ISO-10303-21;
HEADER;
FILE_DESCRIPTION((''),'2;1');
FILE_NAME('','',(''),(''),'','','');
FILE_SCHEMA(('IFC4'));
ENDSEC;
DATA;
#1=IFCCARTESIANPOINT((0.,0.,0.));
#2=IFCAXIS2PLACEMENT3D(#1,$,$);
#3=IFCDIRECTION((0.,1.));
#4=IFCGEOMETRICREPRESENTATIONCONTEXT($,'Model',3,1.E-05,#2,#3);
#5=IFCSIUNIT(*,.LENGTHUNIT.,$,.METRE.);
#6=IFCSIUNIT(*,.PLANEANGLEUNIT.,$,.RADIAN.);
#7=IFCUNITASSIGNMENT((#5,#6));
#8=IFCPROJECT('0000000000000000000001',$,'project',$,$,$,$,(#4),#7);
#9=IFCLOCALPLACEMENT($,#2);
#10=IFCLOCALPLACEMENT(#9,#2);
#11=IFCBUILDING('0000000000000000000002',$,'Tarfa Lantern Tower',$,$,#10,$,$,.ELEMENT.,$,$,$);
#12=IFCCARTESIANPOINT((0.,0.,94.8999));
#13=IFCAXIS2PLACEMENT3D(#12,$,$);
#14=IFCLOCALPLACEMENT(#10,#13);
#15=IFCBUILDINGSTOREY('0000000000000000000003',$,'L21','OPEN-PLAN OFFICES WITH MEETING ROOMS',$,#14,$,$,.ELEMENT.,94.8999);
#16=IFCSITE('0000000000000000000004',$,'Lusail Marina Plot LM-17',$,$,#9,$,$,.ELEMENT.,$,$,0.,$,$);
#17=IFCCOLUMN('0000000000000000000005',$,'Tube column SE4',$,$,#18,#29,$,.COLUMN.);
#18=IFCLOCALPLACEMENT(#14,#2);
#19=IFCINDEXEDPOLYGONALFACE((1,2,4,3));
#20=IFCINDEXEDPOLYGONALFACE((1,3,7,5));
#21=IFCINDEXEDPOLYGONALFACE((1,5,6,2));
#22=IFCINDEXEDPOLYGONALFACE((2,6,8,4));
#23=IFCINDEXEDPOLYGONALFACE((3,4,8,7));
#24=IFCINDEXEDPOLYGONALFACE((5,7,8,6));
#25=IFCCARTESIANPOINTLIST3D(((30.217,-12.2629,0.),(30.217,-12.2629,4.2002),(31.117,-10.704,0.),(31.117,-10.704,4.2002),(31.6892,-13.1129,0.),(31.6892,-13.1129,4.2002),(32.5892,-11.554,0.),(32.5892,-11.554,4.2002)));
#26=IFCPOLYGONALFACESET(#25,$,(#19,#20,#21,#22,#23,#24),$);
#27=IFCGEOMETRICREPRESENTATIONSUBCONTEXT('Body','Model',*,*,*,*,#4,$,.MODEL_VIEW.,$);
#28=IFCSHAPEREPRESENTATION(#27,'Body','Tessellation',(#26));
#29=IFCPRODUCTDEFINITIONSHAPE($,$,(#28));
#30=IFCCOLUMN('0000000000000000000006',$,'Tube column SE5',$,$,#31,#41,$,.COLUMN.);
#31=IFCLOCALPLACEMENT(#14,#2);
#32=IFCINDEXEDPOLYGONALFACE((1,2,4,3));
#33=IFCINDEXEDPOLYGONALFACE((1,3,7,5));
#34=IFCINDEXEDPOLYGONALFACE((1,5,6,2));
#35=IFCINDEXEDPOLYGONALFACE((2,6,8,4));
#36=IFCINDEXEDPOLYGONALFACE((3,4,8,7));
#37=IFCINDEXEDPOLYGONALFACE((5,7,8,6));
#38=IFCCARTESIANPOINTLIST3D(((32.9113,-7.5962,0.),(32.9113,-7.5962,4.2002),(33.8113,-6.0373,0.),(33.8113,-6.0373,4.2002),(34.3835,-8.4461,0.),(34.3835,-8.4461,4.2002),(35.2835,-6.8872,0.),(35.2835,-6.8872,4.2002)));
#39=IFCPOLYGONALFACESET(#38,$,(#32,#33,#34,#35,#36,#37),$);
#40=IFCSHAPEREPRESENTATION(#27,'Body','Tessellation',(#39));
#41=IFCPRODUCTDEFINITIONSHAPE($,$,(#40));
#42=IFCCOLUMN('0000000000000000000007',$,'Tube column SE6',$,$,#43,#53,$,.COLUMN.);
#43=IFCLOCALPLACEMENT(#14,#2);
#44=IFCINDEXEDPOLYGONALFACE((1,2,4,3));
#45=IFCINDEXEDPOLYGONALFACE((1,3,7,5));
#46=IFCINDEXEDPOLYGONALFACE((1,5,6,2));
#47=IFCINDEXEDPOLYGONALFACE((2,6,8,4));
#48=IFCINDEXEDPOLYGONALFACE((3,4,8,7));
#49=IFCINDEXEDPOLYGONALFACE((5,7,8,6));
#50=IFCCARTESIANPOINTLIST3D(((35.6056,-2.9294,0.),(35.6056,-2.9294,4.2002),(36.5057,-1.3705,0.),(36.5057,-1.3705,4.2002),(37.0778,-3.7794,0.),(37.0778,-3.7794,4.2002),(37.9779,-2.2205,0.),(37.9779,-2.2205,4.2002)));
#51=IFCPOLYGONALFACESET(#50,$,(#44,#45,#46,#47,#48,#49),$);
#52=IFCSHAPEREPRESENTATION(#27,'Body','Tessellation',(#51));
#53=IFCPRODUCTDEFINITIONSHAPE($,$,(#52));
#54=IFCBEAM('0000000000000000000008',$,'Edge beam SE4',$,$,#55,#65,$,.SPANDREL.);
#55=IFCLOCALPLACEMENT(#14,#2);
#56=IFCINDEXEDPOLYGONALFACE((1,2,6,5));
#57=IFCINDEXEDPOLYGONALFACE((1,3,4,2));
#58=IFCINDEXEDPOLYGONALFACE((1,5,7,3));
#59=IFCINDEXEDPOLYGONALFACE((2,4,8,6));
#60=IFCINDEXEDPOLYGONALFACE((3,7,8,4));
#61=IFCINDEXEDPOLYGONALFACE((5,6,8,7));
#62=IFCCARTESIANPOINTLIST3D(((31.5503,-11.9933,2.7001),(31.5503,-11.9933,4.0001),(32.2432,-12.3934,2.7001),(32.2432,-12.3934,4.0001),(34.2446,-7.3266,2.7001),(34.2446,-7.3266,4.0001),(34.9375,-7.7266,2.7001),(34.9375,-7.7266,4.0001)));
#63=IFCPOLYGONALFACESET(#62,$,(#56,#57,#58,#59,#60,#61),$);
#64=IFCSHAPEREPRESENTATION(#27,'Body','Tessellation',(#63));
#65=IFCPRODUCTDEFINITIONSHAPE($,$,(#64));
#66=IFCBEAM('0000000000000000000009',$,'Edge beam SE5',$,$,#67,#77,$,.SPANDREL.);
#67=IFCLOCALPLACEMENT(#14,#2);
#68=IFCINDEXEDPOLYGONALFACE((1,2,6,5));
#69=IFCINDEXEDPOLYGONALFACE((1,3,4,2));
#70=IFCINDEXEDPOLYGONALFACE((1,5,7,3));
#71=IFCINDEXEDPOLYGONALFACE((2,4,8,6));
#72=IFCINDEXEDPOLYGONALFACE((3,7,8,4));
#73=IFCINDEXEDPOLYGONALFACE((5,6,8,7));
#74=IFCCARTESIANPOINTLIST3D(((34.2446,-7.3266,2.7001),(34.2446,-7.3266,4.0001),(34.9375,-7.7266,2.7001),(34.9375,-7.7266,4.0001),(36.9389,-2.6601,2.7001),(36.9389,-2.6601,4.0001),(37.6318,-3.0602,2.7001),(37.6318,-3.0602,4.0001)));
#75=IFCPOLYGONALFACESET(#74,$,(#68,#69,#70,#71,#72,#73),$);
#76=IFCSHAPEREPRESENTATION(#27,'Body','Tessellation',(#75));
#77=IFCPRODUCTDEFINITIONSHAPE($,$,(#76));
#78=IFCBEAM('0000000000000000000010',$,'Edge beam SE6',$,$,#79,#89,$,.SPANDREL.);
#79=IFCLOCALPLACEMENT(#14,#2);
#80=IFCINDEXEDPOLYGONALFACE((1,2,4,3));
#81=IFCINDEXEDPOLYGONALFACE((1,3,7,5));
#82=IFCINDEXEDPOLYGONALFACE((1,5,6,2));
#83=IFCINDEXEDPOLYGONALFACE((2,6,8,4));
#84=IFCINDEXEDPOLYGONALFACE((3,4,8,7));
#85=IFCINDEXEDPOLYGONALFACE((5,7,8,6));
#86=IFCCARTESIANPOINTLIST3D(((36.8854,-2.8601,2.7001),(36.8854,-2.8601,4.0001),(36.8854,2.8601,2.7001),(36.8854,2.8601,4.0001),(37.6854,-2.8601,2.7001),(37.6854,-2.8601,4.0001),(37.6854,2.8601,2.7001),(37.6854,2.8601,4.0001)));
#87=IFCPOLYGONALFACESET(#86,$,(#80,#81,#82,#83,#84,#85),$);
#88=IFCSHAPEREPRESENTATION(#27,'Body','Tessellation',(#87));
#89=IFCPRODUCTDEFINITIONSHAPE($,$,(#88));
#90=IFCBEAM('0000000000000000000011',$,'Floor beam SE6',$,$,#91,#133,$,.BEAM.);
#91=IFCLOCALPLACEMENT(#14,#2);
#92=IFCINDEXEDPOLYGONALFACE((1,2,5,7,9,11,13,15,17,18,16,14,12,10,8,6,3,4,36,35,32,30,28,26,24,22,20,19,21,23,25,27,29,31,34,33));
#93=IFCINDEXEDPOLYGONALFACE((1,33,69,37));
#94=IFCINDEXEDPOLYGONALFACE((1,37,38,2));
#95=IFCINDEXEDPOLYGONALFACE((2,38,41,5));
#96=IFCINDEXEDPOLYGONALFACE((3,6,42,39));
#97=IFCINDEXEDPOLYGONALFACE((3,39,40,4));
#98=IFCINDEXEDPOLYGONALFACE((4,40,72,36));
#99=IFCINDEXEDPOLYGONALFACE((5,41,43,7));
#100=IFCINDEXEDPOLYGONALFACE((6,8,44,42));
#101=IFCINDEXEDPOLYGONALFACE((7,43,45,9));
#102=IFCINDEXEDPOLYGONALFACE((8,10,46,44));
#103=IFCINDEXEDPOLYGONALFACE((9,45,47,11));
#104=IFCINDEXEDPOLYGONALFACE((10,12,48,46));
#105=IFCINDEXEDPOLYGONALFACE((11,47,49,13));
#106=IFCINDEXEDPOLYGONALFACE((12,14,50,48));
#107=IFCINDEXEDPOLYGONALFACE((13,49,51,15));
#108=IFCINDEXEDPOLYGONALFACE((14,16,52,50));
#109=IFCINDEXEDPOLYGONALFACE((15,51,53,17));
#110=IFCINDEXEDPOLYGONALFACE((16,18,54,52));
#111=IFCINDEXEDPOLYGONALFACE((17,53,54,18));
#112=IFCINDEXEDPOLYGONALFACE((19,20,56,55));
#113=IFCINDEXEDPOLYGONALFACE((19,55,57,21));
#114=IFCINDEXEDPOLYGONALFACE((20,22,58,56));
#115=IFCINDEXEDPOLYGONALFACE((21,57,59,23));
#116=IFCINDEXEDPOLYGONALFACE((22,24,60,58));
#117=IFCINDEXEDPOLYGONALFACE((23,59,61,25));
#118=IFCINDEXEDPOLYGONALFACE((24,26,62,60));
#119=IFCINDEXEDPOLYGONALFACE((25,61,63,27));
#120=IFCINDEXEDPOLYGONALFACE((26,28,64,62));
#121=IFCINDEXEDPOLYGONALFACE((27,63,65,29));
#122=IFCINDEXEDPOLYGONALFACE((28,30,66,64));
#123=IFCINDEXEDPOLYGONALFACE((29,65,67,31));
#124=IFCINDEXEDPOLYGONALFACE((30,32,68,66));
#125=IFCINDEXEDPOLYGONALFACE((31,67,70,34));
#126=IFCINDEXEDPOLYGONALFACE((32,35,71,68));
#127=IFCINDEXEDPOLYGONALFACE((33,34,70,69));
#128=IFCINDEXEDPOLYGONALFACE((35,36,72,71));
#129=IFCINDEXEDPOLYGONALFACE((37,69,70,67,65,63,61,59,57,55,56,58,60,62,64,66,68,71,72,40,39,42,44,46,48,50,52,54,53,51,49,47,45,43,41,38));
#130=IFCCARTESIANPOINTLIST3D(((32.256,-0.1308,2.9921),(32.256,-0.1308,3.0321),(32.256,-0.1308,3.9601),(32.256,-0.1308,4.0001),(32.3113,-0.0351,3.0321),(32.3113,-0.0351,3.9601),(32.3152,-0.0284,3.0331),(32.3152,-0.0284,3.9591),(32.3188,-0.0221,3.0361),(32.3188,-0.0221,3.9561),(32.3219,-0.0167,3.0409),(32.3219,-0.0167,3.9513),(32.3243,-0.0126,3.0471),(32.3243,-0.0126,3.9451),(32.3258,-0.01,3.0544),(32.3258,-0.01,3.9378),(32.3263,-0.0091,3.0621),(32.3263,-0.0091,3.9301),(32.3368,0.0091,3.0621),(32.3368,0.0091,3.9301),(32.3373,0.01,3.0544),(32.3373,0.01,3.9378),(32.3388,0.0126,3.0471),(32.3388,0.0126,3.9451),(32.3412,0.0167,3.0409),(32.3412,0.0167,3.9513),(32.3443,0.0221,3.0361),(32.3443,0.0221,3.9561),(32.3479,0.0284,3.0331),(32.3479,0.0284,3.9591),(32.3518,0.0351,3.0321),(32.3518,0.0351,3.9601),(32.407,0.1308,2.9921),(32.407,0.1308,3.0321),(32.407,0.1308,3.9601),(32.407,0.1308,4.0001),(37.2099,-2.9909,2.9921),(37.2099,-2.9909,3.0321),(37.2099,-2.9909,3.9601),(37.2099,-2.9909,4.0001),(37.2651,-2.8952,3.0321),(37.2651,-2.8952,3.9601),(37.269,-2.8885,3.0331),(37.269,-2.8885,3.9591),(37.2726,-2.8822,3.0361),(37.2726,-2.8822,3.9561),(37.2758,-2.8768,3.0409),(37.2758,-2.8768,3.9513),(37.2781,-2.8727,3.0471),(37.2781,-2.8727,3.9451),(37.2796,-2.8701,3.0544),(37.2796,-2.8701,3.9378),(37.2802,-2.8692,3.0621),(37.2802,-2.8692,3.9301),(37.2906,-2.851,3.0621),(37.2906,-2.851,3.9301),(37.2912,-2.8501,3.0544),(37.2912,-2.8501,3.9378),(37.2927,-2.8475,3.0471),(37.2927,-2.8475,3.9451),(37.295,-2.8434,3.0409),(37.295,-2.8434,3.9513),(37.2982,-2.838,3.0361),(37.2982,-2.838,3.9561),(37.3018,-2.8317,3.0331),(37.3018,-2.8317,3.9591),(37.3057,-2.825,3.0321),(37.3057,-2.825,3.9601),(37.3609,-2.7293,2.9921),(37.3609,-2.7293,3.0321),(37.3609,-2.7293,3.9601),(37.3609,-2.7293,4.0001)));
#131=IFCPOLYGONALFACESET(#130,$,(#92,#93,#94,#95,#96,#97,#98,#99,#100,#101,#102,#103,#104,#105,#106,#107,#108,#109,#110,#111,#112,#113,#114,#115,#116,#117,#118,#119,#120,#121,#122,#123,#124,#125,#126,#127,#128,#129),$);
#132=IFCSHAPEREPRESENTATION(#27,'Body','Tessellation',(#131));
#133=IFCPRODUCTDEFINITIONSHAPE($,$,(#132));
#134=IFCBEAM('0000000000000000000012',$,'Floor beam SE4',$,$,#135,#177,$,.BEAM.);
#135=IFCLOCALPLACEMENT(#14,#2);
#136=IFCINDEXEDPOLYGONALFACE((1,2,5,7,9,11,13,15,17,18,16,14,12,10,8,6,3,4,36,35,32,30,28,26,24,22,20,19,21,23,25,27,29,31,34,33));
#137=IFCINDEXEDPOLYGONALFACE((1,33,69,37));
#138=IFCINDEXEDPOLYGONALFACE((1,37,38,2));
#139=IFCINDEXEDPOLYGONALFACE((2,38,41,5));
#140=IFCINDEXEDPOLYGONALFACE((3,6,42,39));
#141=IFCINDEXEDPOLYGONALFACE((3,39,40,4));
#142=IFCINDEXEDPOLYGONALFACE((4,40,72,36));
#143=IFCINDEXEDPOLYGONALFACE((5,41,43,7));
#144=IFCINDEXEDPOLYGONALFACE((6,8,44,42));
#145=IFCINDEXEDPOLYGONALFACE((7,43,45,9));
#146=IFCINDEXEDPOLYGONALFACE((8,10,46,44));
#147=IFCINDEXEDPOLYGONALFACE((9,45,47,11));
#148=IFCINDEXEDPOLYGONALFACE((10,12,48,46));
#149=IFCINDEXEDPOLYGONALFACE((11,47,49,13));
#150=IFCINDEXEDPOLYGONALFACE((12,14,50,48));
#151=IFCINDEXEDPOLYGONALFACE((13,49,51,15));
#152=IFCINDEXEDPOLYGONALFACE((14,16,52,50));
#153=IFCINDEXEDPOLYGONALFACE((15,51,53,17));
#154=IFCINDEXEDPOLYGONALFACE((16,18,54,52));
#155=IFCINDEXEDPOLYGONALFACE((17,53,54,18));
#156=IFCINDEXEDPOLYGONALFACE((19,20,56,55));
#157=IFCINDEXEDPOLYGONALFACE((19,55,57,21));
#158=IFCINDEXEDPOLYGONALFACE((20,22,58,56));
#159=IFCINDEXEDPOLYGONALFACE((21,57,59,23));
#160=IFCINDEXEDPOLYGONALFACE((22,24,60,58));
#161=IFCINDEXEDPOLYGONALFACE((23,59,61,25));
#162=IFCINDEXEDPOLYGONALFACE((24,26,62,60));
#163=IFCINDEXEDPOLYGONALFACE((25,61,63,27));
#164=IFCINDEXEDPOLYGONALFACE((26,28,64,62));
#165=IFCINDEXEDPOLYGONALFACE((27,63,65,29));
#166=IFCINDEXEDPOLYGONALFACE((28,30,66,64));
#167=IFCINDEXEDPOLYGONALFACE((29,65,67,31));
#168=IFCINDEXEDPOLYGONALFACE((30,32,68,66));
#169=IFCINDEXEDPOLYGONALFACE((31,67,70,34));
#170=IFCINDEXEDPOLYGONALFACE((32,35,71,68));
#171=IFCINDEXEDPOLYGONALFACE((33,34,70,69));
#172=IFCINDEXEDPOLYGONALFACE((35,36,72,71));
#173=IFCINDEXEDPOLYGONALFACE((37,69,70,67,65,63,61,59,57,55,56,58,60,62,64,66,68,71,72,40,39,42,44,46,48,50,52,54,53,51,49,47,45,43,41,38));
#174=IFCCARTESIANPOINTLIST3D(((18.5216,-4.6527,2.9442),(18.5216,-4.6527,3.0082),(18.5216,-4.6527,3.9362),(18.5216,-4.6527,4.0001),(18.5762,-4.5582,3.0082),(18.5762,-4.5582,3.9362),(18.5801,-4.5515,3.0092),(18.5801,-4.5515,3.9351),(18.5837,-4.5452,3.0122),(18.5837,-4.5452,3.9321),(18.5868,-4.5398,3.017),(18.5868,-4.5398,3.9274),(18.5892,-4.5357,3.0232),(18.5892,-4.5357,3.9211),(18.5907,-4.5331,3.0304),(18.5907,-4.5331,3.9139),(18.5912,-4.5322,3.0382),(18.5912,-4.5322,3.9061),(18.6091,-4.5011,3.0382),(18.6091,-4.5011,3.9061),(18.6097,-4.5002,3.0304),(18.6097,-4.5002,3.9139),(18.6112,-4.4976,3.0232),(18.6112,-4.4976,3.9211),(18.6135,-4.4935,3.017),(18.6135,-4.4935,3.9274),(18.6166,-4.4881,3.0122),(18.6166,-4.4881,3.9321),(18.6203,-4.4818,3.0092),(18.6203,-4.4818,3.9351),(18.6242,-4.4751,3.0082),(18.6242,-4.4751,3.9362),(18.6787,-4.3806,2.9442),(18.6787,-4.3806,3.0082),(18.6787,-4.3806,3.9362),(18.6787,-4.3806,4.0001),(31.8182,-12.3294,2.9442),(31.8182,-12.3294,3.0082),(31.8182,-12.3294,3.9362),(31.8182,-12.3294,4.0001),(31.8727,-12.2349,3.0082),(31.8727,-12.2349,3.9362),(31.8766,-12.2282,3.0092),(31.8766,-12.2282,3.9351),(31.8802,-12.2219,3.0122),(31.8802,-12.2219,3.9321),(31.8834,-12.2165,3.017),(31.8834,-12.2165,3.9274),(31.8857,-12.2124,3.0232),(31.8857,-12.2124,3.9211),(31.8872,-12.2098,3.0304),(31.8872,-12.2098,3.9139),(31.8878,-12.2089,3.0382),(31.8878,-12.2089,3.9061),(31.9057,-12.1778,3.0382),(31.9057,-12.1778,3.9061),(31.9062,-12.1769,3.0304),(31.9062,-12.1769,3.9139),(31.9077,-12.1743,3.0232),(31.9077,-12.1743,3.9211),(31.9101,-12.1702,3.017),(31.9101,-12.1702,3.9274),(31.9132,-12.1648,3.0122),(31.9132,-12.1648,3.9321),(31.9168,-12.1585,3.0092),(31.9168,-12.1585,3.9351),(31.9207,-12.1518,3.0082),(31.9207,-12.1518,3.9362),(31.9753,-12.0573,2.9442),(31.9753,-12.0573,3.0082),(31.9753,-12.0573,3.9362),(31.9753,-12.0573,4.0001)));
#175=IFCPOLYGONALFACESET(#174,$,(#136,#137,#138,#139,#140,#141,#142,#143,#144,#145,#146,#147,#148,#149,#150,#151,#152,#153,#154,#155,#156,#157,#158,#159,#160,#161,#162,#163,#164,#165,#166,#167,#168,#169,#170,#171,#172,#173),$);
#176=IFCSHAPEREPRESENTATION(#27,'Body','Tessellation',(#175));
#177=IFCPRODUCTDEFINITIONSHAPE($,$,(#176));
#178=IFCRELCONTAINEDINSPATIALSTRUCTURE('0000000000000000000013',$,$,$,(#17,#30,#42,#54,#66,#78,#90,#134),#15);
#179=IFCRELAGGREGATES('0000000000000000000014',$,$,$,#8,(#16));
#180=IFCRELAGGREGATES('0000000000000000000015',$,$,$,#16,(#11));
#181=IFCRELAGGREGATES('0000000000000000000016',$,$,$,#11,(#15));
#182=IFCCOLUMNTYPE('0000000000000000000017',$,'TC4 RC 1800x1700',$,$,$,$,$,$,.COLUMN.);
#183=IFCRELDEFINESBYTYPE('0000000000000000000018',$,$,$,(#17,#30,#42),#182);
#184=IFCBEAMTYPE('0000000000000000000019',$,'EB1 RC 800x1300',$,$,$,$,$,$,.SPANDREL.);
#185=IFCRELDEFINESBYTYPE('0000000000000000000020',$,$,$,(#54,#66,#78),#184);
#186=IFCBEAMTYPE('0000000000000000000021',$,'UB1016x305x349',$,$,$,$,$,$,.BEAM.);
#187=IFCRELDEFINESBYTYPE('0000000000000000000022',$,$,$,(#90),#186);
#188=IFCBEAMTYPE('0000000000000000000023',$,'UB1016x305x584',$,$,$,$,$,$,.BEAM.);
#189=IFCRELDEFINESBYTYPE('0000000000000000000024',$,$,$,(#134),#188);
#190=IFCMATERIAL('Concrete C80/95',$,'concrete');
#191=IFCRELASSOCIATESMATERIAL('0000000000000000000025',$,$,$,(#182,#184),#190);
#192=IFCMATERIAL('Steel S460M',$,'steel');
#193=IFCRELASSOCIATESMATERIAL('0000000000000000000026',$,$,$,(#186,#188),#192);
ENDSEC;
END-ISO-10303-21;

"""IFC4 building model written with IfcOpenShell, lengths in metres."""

from ifc_helpers import new_model, si_unit, direction, frame, origin, origin_2d, place, context, subcontext, project, spatial, rectangle, i_section, extrude, material, material_profile, profile_set, type_object, element, save


model = new_model("IFC4")

# Units and contexts
model_context = context("Model", 3, precision=1e-05, world=origin(), true_north=direction((0.0, 1.0)))
body_context = subcontext(model_context, "Body", "Model", "MODEL_VIEW")
ifc_project = project(units=[si_unit("LENGTHUNIT", "METRE"), si_unit("PLANEANGLEUNIT", "RADIAN")], contexts=[model_context])

# Site, building, storey
site_placement = place(None, origin())
site = spatial("IfcSite", under=ifc_project, at=site_placement, Name="Lusail Marina Plot LM-17", CompositionType="ELEMENT", RefElevation=0.0)
building_placement = place(site_placement, origin())
building = spatial("IfcBuilding", under=site, at=building_placement, Name="Tarfa Lantern Tower", CompositionType="ELEMENT")
storey_placement = place(building_placement, frame((0.0, 0.0, 94.8999)))
storey = spatial("IfcBuildingStorey", under=building, at=storey_placement, Name="L21", Description="OPEN-PLAN OFFICES WITH MEETING ROOMS", CompositionType="ELEMENT", Elevation=94.8999)

# Columns
ifc_material_1 = material(Name="Concrete C80/95", Category="concrete")
ifc_material_profile_1 = material_profile(ifc_material_1, rectangle(XDim=1.8, YDim=1.7, at=origin_2d()), Name="RC 1800x1700")
ifc_profile_set_1 = profile_set([ifc_material_profile_1], Name="Concrete C80/95")
column_type = type_object("IfcColumnType", Name="TC4 RC 1800x1700", PredefinedType="COLUMN", material=ifc_profile_set_1)
for number, where, z_axis, x_axis, name in (
    (1, (31.4031, -11.9084, 0.0), (0.0, 0.0, 1.0), (0.5, 0.866025, 0.0), "Tube column SE4"),
    (2, (34.0974, -7.2417, 0.0), (0.0, 0.0, 1.0), (0.5, 0.866025, 0.0), "Tube column SE5"),
    (3, (36.7917, -2.575, 0.0), (0.0, 0.0, 1.0), (0.5, 0.866025, 0.0), "Tube column SE6"),
):
    element("IfcColumn", number, at=place(storey_placement, frame(where, z_axis=z_axis, x_axis=x_axis)), inside=storey, type_object=column_type, Name=name, PredefinedType="COLUMN", context=body_context, shape_type="SweptSolid", body=[
        extrude(rectangle(XDim=1.8, YDim=1.7, at=origin_2d()), origin(), (0.0, 0.0, 1.0), 4.2002),
    ])

# Beams
ifc_material_profile_2 = material_profile(ifc_material_1, rectangle(XDim=0.8, YDim=1.3, at=origin_2d()), Name="RC 800x1300")
ifc_profile_set_2 = profile_set([ifc_material_profile_2], Name="Concrete C80/95")
beam_type_1 = type_object("IfcBeamType", Name="EB1 RC 800x1300", PredefinedType="SPANDREL", material=ifc_profile_set_2)
beam_1_placement = place(storey_placement, frame((31.8967, -12.1934, 3.3501), z_axis=(0.499998, 0.866026, 0.0), x_axis=(-0.866026, 0.499998, 0.0)))
element("IfcBeam", 4, at=beam_1_placement, inside=storey, type_object=beam_type_1, Name="Edge beam SE4", PredefinedType="SPANDREL", context=body_context, shape_type="SweptSolid", body=[
    extrude(rectangle(XDim=0.8, YDim=1.3, at=origin_2d()), origin(), (0.0, 0.0, 1.0), 5.3887),
])
beam_2_placement = place(storey_placement, frame((34.5911, -7.5266, 3.3501), z_axis=(0.500018, 0.866015, 0.0), x_axis=(-0.866015, 0.500018, 0.0)))
element("IfcBeam", 5, at=beam_2_placement, inside=storey, type_object=beam_type_1, Name="Edge beam SE5", PredefinedType="SPANDREL", context=body_context, shape_type="SweptSolid", body=[
    extrude(rectangle(XDim=0.8, YDim=1.3, at=origin_2d()), origin(), (0.0, 0.0, 1.0), 5.3884),
])
beam_3_placement = place(storey_placement, frame((37.2854, -2.8601, 3.3501), z_axis=(0.0, 1.0, 0.0), x_axis=(-1.0, 0.0, 0.0)))
element("IfcBeam", 6, at=beam_3_placement, inside=storey, type_object=beam_type_1, Name="Edge beam SE6", PredefinedType="SPANDREL", context=body_context, shape_type="SweptSolid", body=[
    extrude(rectangle(XDim=0.8, YDim=1.3, at=origin_2d()), origin(), (0.0, 0.0, 1.0), 5.7202),
])
ifc_material_2 = material(Name="Steel S460M", Category="steel")
ifc_material_profile_3 = material_profile(ifc_material_2, i_section(OverallWidth=0.302, OverallDepth=1.0081, WebThickness=0.021, FlangeThickness=0.04, FilletRadius=0.03, at=origin_2d()), Name="UB1016x305x349")
ifc_profile_set_3 = profile_set([ifc_material_profile_3], Name="Steel S460M")
beam_type_2 = type_object("IfcBeamType", Name="UB1016x305x349", PredefinedType="BEAM", material=ifc_profile_set_3)
beam_4_placement = place(storey_placement, frame((37.2854, -2.8601, 3.4961), z_axis=(-0.866026, 0.5, 0.0), x_axis=(-0.5, -0.866026, 0.0)))
element("IfcBeam", 7, at=beam_4_placement, inside=storey, type_object=beam_type_2, Name="Floor beam SE6", PredefinedType="BEAM", context=body_context, shape_type="SweptSolid", body=[
    extrude(i_section(OverallWidth=0.302, OverallDepth=1.0081, WebThickness=0.021, FlangeThickness=0.04, FilletRadius=0.03, at=origin_2d()), origin(), (0.0, 0.0, 1.0), 5.7202),
])
ifc_material_profile_4 = material_profile(ifc_material_2, i_section(OverallWidth=0.3142, OverallDepth=1.0559, WebThickness=0.0359, FlangeThickness=0.064, FilletRadius=0.03, at=origin_2d()), Name="UB1016x305x584")
ifc_profile_set_4 = profile_set([ifc_material_profile_4], Name="Steel S460M")
beam_type_3 = type_object("IfcBeamType", Name="UB1016x305x584", PredefinedType="BEAM", material=ifc_profile_set_4)
beam_5_placement = place(storey_placement, frame((31.8967, -12.1934, 3.4722), z_axis=(-0.866027, 0.499997, 0.0), x_axis=(-0.499997, -0.866027, 0.0)))
element("IfcBeam", 8, at=beam_5_placement, inside=storey, type_object=beam_type_3, Name="Floor beam SE4", PredefinedType="BEAM", context=body_context, shape_type="SweptSolid", body=[
    extrude(i_section(OverallWidth=0.3142, OverallDepth=1.0559, WebThickness=0.0359, FlangeThickness=0.064, FilletRadius=0.03, at=origin_2d()), origin(), (0.0, 0.0, 1.0), 15.3535),
])

save(model, "model.ifc")
